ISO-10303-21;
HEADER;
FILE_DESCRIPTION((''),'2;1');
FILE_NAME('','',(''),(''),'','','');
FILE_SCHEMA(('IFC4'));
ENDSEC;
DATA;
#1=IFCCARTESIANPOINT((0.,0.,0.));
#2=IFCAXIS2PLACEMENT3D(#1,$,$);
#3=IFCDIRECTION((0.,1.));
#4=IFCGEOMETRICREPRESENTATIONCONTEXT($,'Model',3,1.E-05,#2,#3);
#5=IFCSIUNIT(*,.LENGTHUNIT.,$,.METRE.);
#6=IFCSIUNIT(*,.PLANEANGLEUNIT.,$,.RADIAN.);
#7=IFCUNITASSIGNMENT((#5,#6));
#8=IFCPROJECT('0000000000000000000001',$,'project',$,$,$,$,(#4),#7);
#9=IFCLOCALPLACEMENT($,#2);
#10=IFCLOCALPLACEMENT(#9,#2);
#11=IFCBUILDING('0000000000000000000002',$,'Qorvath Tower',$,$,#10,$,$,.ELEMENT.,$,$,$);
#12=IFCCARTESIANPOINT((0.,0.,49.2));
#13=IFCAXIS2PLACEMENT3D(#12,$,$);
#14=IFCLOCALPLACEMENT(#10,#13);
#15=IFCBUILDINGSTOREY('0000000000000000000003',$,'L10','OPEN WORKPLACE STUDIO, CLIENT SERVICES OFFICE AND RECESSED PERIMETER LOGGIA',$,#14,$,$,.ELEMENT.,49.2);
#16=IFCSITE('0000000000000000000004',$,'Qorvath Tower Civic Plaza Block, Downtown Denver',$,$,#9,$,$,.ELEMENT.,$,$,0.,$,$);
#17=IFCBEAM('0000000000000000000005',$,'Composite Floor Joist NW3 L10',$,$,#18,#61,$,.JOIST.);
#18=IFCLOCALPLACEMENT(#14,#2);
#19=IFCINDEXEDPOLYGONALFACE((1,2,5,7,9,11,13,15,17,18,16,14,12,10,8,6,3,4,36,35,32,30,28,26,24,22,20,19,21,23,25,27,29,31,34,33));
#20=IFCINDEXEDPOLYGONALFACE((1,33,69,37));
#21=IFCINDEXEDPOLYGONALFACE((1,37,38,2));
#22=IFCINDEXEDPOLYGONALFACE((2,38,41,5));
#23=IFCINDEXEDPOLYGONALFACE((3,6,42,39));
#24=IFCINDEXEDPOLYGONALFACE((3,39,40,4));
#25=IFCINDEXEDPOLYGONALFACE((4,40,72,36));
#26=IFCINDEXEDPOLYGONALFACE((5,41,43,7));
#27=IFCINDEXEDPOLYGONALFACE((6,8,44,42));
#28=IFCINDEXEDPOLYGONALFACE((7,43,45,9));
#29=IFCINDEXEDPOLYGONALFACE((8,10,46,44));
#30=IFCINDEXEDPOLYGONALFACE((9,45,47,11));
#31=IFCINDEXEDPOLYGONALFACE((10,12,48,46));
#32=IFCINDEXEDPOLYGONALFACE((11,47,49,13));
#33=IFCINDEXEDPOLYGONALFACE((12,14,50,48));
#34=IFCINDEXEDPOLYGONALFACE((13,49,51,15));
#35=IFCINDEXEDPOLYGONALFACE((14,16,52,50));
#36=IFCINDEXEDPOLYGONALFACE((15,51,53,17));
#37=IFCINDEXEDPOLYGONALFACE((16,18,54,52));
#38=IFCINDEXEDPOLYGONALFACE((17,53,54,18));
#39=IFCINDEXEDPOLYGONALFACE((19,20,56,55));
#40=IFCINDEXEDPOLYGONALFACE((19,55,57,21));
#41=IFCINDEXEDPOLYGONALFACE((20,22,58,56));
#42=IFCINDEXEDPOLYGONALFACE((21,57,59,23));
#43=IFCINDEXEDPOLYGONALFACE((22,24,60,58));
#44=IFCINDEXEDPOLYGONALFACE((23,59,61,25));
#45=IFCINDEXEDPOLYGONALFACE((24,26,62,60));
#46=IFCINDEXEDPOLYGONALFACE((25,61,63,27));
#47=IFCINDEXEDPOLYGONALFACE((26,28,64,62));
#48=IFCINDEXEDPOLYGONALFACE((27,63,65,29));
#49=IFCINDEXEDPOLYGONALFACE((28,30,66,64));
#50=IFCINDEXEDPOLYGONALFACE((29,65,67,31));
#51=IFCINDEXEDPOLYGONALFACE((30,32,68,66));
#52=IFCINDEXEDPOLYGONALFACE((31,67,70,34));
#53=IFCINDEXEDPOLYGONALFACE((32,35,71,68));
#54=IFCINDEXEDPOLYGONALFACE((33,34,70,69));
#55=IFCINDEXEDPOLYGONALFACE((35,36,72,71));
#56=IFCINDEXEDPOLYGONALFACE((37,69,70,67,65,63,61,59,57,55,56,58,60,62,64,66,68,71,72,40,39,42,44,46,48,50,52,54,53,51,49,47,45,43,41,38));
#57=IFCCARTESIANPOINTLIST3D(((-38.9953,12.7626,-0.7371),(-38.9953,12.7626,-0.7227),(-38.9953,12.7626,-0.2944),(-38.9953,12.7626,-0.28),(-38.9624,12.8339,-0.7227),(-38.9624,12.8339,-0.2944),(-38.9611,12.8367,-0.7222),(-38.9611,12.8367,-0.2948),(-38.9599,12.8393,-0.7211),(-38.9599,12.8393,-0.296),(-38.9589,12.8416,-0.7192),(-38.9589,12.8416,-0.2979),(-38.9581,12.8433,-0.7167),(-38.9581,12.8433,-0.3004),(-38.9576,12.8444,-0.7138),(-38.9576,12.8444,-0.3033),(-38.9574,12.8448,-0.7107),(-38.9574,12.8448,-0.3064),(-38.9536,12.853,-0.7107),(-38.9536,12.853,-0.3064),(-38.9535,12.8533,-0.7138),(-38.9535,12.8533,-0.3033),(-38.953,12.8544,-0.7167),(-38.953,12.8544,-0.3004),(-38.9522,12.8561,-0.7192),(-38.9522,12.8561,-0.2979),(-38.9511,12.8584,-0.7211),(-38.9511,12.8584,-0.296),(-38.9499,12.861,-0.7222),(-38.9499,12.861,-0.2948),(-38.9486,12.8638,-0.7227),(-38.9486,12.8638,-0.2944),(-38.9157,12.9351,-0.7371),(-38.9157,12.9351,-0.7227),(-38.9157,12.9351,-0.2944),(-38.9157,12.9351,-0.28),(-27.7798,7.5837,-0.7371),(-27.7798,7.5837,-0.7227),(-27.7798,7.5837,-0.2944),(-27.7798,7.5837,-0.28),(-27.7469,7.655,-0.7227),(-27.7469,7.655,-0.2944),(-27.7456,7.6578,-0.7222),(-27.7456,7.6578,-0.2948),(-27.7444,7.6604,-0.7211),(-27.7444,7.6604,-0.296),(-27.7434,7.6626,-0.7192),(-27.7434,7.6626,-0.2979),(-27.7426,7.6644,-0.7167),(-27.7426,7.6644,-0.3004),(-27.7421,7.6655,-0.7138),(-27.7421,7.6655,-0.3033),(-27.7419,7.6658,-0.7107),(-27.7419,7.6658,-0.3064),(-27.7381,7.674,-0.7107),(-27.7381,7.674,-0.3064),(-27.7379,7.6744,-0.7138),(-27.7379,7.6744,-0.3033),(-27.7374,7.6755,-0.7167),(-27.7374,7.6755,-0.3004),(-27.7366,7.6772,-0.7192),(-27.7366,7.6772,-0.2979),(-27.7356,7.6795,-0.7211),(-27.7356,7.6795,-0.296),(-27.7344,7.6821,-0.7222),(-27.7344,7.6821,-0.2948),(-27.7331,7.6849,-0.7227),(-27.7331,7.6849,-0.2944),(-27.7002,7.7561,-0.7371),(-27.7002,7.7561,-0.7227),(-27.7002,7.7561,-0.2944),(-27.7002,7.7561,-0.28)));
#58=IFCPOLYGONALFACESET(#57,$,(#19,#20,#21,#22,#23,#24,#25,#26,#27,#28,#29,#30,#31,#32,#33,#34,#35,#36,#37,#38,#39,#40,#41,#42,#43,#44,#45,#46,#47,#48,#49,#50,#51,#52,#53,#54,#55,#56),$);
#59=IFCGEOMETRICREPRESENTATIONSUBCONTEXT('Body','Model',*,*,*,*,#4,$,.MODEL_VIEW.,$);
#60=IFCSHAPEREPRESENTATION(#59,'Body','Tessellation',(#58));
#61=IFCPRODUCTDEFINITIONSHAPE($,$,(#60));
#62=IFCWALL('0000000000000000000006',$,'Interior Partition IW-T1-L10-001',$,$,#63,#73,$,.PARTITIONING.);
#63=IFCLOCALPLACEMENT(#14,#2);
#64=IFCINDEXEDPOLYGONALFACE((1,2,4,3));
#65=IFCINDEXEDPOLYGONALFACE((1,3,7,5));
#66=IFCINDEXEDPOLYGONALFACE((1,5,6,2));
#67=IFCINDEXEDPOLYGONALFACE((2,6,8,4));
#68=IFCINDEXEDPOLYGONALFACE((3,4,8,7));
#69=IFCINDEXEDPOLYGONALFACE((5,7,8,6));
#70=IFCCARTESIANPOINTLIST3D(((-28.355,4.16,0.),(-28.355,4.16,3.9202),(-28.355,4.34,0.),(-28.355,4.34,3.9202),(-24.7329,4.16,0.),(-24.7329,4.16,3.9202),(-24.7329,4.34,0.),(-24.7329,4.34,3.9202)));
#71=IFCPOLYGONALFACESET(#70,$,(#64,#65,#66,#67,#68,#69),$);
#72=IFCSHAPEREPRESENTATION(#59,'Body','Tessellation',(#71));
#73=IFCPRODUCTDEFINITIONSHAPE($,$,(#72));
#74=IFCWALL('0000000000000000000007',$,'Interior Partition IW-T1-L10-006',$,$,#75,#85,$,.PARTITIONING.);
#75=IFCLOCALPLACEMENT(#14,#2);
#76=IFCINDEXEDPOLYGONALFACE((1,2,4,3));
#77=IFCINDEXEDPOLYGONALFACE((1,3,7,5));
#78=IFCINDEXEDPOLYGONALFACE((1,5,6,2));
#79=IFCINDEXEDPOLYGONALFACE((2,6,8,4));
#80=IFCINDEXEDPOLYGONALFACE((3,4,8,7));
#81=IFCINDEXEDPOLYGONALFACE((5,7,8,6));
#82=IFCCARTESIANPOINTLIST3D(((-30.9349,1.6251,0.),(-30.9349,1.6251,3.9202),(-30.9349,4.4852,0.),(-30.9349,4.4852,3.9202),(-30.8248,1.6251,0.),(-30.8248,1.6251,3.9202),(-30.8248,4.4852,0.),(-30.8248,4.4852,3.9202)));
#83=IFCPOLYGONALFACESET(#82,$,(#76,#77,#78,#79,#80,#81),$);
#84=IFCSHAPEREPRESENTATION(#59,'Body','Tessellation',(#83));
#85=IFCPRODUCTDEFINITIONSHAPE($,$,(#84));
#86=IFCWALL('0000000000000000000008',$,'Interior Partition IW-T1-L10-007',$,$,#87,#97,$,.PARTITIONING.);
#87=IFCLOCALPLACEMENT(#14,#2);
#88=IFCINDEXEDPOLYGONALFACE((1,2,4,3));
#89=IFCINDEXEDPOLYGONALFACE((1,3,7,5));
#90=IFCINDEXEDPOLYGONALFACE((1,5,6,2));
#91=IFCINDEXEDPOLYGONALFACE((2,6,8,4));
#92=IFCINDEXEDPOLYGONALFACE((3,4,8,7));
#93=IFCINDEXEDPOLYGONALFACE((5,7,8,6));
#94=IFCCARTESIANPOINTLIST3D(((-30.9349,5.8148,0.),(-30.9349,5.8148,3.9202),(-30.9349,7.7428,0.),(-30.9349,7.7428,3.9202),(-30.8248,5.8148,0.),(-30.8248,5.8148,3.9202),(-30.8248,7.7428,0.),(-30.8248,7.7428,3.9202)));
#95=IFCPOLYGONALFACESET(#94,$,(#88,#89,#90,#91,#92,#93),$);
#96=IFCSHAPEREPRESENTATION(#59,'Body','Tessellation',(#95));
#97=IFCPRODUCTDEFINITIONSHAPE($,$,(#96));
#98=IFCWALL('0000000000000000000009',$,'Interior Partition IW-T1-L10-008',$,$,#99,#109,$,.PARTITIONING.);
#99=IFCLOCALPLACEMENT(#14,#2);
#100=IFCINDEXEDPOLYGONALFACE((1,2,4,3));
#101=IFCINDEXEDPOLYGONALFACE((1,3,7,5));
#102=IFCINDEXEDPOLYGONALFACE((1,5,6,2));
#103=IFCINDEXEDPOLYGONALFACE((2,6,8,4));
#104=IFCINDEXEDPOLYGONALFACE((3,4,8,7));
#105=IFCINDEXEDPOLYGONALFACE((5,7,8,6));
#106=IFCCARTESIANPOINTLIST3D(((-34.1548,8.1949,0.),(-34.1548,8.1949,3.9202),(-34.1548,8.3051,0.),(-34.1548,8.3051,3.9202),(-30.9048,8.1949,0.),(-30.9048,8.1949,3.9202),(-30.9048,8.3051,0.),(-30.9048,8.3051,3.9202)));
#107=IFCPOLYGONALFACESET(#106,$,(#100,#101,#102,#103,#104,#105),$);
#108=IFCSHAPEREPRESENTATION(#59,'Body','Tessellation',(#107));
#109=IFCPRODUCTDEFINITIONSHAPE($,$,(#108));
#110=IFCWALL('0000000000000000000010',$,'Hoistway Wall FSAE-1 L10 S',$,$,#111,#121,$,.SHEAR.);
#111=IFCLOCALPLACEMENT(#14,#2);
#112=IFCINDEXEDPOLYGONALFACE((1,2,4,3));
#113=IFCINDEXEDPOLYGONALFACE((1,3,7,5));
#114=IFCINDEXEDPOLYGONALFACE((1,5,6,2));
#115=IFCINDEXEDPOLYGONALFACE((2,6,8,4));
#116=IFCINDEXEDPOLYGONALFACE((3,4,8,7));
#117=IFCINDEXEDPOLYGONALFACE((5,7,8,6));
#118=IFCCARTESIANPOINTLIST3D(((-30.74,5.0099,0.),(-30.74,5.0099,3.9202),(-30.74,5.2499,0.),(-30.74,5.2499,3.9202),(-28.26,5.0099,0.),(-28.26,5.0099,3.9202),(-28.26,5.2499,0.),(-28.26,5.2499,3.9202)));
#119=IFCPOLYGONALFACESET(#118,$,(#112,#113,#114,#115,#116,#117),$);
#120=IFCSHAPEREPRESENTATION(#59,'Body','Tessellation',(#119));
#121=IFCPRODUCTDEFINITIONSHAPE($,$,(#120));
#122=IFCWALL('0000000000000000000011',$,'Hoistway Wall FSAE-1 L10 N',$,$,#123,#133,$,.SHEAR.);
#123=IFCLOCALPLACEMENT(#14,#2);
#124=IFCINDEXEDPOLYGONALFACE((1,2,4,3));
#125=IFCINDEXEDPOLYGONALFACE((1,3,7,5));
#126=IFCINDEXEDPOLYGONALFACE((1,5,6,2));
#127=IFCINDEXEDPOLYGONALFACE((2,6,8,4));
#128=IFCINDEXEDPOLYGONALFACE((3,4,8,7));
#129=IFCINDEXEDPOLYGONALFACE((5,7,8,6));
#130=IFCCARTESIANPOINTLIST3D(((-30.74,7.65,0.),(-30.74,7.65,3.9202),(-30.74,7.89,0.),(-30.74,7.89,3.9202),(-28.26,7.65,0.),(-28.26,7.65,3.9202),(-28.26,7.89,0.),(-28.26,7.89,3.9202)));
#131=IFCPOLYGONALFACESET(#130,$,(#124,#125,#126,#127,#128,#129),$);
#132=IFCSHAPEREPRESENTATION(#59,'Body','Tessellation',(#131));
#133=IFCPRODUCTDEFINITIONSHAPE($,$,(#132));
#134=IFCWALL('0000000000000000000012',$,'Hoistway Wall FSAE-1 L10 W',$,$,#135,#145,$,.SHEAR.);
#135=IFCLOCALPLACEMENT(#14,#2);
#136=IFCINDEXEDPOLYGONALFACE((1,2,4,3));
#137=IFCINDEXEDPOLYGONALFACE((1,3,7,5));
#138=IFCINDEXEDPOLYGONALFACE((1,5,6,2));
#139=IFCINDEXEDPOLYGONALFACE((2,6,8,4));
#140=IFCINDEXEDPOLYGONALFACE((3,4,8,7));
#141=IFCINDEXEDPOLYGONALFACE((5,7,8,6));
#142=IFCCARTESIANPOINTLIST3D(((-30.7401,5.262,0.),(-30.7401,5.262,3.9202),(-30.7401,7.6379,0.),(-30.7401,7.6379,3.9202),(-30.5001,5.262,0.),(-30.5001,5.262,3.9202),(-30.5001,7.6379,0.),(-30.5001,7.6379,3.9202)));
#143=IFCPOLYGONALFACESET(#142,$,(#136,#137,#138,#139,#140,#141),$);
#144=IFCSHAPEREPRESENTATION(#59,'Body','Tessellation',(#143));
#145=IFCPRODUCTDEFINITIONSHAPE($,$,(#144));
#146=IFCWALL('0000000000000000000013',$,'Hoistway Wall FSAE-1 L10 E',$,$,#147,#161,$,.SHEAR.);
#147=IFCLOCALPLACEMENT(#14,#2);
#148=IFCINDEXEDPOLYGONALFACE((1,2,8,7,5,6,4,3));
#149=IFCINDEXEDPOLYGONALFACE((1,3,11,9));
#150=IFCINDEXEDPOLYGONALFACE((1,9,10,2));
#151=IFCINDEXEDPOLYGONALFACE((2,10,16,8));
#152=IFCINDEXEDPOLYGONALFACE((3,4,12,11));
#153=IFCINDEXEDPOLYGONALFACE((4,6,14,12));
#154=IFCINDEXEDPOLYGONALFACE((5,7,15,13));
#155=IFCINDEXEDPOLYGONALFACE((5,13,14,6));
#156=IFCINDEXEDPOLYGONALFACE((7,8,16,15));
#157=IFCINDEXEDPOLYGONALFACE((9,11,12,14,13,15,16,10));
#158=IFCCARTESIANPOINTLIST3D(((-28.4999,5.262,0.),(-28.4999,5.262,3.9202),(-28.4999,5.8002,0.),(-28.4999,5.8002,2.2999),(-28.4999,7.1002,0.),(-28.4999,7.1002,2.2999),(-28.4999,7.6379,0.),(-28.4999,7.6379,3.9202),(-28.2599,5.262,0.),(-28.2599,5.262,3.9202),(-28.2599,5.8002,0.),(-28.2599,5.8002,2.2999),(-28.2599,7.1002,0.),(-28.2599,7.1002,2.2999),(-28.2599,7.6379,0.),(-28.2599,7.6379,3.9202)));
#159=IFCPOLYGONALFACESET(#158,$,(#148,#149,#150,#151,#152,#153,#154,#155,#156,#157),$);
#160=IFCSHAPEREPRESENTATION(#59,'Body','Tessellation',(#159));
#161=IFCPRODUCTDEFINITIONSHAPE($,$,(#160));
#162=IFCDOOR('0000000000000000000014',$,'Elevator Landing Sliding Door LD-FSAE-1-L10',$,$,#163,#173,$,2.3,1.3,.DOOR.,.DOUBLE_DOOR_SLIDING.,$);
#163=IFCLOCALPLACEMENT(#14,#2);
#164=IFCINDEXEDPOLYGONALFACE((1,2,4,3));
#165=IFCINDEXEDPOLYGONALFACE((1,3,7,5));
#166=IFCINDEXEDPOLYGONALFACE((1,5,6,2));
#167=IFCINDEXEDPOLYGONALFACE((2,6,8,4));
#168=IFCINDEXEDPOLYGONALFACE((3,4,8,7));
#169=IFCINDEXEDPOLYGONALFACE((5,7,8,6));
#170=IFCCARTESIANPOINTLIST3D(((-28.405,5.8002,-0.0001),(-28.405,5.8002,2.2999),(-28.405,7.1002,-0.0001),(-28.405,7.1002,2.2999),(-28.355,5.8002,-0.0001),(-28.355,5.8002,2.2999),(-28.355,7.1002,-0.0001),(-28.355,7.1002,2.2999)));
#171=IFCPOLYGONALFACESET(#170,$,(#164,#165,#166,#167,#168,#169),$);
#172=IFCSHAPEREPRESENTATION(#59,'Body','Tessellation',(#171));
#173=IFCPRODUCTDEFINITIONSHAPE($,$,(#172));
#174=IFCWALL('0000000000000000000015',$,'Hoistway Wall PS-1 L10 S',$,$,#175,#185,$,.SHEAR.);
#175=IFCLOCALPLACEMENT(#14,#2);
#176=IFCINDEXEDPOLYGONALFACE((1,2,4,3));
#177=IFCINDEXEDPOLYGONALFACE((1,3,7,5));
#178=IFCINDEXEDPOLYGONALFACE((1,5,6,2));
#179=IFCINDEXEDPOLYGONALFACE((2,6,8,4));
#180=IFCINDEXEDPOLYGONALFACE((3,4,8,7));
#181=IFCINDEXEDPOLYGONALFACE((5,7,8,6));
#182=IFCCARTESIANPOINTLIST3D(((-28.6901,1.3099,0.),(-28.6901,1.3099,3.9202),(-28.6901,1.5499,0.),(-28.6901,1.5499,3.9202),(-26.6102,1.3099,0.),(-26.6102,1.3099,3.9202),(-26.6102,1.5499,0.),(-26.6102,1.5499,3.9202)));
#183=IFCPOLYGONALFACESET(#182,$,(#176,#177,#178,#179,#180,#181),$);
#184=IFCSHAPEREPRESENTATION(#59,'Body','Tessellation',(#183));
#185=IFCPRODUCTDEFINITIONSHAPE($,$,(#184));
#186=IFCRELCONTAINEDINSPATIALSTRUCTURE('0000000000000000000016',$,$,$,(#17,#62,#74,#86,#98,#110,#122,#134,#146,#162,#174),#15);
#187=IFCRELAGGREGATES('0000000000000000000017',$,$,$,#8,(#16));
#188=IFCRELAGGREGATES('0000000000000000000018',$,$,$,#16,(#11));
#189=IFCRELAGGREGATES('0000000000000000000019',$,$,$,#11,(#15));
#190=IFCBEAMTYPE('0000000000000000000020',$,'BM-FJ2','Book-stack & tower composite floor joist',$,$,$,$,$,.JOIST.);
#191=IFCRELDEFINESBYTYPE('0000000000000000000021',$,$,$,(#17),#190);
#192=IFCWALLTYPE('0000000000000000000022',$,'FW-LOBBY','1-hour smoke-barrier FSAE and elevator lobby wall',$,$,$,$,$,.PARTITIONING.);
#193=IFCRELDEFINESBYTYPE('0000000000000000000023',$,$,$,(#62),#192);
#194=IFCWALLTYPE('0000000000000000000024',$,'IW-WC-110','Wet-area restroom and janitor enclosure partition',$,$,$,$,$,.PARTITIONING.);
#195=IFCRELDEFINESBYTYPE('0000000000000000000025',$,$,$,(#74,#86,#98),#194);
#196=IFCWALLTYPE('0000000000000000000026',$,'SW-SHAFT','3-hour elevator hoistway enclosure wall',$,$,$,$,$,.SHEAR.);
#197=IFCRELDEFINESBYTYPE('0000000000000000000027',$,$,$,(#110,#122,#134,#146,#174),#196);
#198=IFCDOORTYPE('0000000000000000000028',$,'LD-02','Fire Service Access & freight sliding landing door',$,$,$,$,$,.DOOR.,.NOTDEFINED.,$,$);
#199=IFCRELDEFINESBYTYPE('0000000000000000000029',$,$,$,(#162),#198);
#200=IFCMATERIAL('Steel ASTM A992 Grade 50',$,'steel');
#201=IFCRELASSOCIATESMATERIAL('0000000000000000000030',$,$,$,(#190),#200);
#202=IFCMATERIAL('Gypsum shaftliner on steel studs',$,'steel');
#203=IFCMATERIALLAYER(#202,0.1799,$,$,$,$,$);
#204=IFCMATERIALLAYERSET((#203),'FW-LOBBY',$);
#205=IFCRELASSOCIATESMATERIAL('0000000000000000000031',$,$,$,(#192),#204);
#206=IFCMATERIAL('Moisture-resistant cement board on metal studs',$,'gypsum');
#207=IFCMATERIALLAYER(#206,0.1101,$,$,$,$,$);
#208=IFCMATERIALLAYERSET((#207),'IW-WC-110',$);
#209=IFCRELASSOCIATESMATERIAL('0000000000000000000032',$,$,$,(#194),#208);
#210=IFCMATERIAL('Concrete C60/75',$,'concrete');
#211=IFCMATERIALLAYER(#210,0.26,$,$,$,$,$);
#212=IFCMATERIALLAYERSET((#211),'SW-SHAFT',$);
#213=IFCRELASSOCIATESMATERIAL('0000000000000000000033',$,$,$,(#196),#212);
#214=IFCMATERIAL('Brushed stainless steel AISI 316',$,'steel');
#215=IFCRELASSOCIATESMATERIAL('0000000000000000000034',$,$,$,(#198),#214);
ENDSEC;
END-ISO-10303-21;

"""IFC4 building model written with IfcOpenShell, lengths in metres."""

from ifc_helpers import new_model, si_unit, direction, frame, frame_2d, origin, origin_2d, place, context, subcontext, project, spatial, rectangle, i_section, extrude, material, layer, layer_set, material_profile, profile_set, type_object, element, fill, save


model = new_model("IFC4")

# Units and contexts
model_context = context("Model", 3, precision=1e-05, world=origin(), true_north=direction((0.0, 1.0)))
body_context = subcontext(model_context, "Body", "Model", "MODEL_VIEW")
ifc_project = project(units=[si_unit("LENGTHUNIT", "METRE"), si_unit("PLANEANGLEUNIT", "RADIAN")], contexts=[model_context])

# Site, building, storey
site_placement = place(None, origin())
site = spatial("IfcSite", under=ifc_project, at=site_placement, Name="Qorvath Tower Civic Plaza Block, Downtown Denver", CompositionType="ELEMENT", RefElevation=0.0)
building_placement = place(site_placement, origin())
building = spatial("IfcBuilding", under=site, at=building_placement, Name="Qorvath Tower", CompositionType="ELEMENT")
storey_placement = place(building_placement, frame((0.0, 0.0, 49.2)))
storey = spatial("IfcBuildingStorey", under=building, at=storey_placement, Name="L10", Description="OPEN WORKPLACE STUDIO, CLIENT SERVICES OFFICE AND RECESSED PERIMETER LOGGIA", CompositionType="ELEMENT", Elevation=49.2)

# Beam
ifc_material_1 = material(Name="Steel ASTM A992 Grade 50", Category="steel")
ifc_material_profile_1 = material_profile(ifc_material_1, i_section(OverallWidth=0.1899, OverallDepth=0.457, WebThickness=0.009, FlangeThickness=0.0144, FilletRadius=0.012, at=origin_2d()), Name="W18x50")
ifc_profile_set_1 = profile_set([ifc_material_profile_1], Name="Steel ASTM A992 Grade 50")
beam_type_1 = type_object("IfcBeamType", Name="BM-FJ2", Description="Book-stack & tower composite floor joist", PredefinedType="JOIST", material=ifc_profile_set_1)
beam_1_placement = place(storey_placement, frame((-27.74, 7.6699, -0.5085), z_axis=(-0.907881, 0.419227, 0.0), x_axis=(-0.419227, -0.907881, 0.0)))
element("IfcBeam", 1, at=beam_1_placement, inside=storey, type_object=beam_type_1, Name="Composite Floor Joist NW3 L10", PredefinedType="JOIST", context=body_context, shape_type="SweptSolid", body=[
    extrude(i_section(OverallWidth=0.1899, OverallDepth=0.457, WebThickness=0.009, FlangeThickness=0.0144, FilletRadius=0.012, at=origin_2d()), origin(), (0.0, 0.0, 1.0), 12.3535),
])

# Wall
ifc_material_2 = material(Name="Gypsum shaftliner on steel studs", Category="steel")
ifc_layer_1 = layer(ifc_material_2, 0.1799)
ifc_layer_set_1 = layer_set([ifc_layer_1], Name="FW-LOBBY")
wall_type_1 = type_object("IfcWallType", Name="FW-LOBBY", Description="1-hour smoke-barrier FSAE and elevator lobby wall", PredefinedType="PARTITIONING", material=ifc_layer_set_1)
wall_1_placement = place(storey_placement, frame((-28.355, 4.25, 0.0), z_axis=(0.0, 0.0, 1.0), x_axis=(1.0, 0.0, 0.0)))
element("IfcWall", 2, at=wall_1_placement, inside=storey, type_object=wall_type_1, Name="Interior Partition IW-T1-L10-001", PredefinedType="PARTITIONING", context=body_context, shape_type="SweptSolid", body=[
    extrude(rectangle(XDim=3.6221, YDim=0.1799, at=frame_2d((1.811, 0.0))), origin(), (0.0, 0.0, 1.0), 3.9202),
])

# Walls
ifc_material_3 = material(Name="Moisture-resistant cement board on metal studs", Category="gypsum")
ifc_layer_2 = layer(ifc_material_3, 0.1101)
ifc_layer_set_2 = layer_set([ifc_layer_2], Name="IW-WC-110")
wall_type_2 = type_object("IfcWallType", Name="IW-WC-110", Description="Wet-area restroom and janitor enclosure partition", PredefinedType="PARTITIONING", material=ifc_layer_set_2)
wall_2_placement = place(storey_placement, frame((-30.8799, 1.625, 0.0), z_axis=(0.0, 0.0, 1.0), x_axis=(0.0, 1.0, 0.0)))
element("IfcWall", 3, at=wall_2_placement, inside=storey, type_object=wall_type_2, Name="Interior Partition IW-T1-L10-006", PredefinedType="PARTITIONING", context=body_context, shape_type="SweptSolid", body=[
    extrude(rectangle(XDim=2.8601, YDim=0.1101, at=frame_2d((1.4302, 0.0))), origin(), (0.0, 0.0, 1.0), 3.9202),
])
wall_3_placement = place(storey_placement, frame((-30.8799, 5.8149, 0.0), z_axis=(0.0, 0.0, 1.0), x_axis=(0.0, 1.0, 0.0)))
element("IfcWall", 4, at=wall_3_placement, inside=storey, type_object=wall_type_2, Name="Interior Partition IW-T1-L10-007", PredefinedType="PARTITIONING", context=body_context, shape_type="SweptSolid", body=[
    extrude(rectangle(XDim=1.928, YDim=0.1101, at=frame_2d((0.9639, 0.0))), origin(), (0.0, 0.0, 1.0), 3.9202),
])
wall_4_placement = place(storey_placement, frame((-30.9048, 8.25, 0.0), z_axis=(0.0, 0.0, 1.0), x_axis=(-1.0, 0.0, 0.0)))
element("IfcWall", 5, at=wall_4_placement, inside=storey, type_object=wall_type_2, Name="Interior Partition IW-T1-L10-008", PredefinedType="PARTITIONING", context=body_context, shape_type="SweptSolid", body=[
    extrude(rectangle(XDim=3.25, YDim=0.1101, at=frame_2d((1.625, 0.0))), origin(), (0.0, 0.0, 1.0), 3.9202),
])
ifc_material_4 = material(Name="Concrete C60/75", Category="concrete")
ifc_layer_3 = layer(ifc_material_4, 0.26)
ifc_layer_set_3 = layer_set([ifc_layer_3], Name="SW-SHAFT")
wall_type_3 = type_object("IfcWallType", Name="SW-SHAFT", Description="3-hour elevator hoistway enclosure wall", PredefinedType="SHEAR", material=ifc_layer_set_3)
for number, where, z_axis, x_axis, name in (
    (6, (-28.26, 5.1299, 0.0), (0.0, 0.0, 1.0), (-1.0, 0.0, 0.0), "Hoistway Wall FSAE-1 L10 S"),
    (7, (-30.74, 7.77, 0.0), (0.0, 0.0, 1.0), (1.0, 0.0, 0.0), "Hoistway Wall FSAE-1 L10 N"),
):
    element("IfcWall", number, at=place(storey_placement, frame(where, z_axis=z_axis, x_axis=x_axis)), inside=storey, type_object=wall_type_3, Name=name, PredefinedType="SHEAR", context=body_context, shape_type="SweptSolid", body=[
        extrude(rectangle(XDim=2.48, YDim=0.24, at=frame_2d((1.24, 0.0))), origin(), (0.0, 0.0, 1.0), 3.9202),
    ])
wall_5_placement = place(storey_placement, frame((-30.6201, 5.262, 0.0), z_axis=(0.0, 0.0, 1.0), x_axis=(0.0, 1.0, 0.0)))
element("IfcWall", 8, at=wall_5_placement, inside=storey, type_object=wall_type_3, Name="Hoistway Wall FSAE-1 L10 W", PredefinedType="SHEAR", context=body_context, shape_type="SweptSolid", body=[
    extrude(rectangle(XDim=2.376, YDim=0.24, at=frame_2d((1.188, 0.0))), origin(), (0.0, 0.0, 1.0), 3.9202),
])

# Wall, opening, door
wall_6_placement = place(storey_placement, frame((-28.3799, 7.6379, 0.0), z_axis=(0.0, 0.0, 1.0), x_axis=(0.0, -1.0, 0.0)))
wall_6 = element("IfcWall", 9, at=wall_6_placement, inside=storey, type_object=wall_type_3, Name="Hoistway Wall FSAE-1 L10 E", PredefinedType="SHEAR", context=body_context, shape_type="SweptSolid", body=[
    extrude(rectangle(XDim=2.376, YDim=0.24, at=frame_2d((1.188, 0.0))), origin(), (0.0, 0.0, 1.0), 3.9202),
])
opening_1_placement = place(wall_6_placement, frame((0.5378, 0.0, 0.0)))
opening_1 = element("IfcOpeningElement", 10, at=opening_1_placement, cuts=wall_6, PredefinedType="OPENING", context=body_context, shape_type="SweptSolid", body=[
    extrude(rectangle(XDim=1.3, YDim=2.3, at=frame_2d((0.6499, 1.1499))), frame((0.0, 0.1299, 0.0), z_axis=(0.0, -1.0, 0.0), x_axis=(1.0, 0.0, 0.0)), (0.0, 0.0, 1.0), 0.26),
])
ifc_material_5 = material(Name="Brushed stainless steel AISI 316", Category="steel")
door_type_1 = type_object("IfcDoorType", Name="LD-02", Description="Fire Service Access & freight sliding landing door", OperationType="NOTDEFINED", PredefinedType="DOOR", material=ifc_material_5)
door_1_placement = place(opening_1_placement, origin())
door_1 = element("IfcDoor", 11, at=door_1_placement, inside=storey, type_object=door_type_1, Name="Elevator Landing Sliding Door LD-FSAE-1-L10", OperationType="DOUBLE_DOOR_SLIDING", OverallHeight=2.3, OverallWidth=1.3, PredefinedType="DOOR", context=body_context, shape_type="SweptSolid", body=[
    extrude(rectangle(XDim=1.3, YDim=2.3, at=frame_2d((0.6499, 1.1499))), frame((0.0, 0.0249, 0.0), z_axis=(0.0, -1.0, 0.0), x_axis=(1.0, 0.0, 0.0)), (0.0, 0.0, 1.0), 0.05),
])
fill(opening_1, door_1)

# Wall
for number, where, z_axis, x_axis, name in (
    (12, (-26.6101, 1.4299, 0.0), (0.0, 0.0, 1.0), (-1.0, 0.0, 0.0), "Hoistway Wall PS-1 L10 S"),
):
    element("IfcWall", number, at=place(storey_placement, frame(where, z_axis=z_axis, x_axis=x_axis)), inside=storey, type_object=wall_type_3, Name=name, PredefinedType="SHEAR", context=body_context, shape_type="SweptSolid", body=[
        extrude(rectangle(XDim=2.0798, YDim=0.24, at=frame_2d((1.04, 0.0))), origin(), (0.0, 0.0, 1.0), 3.9202),
    ])

save(model, "model.ifc")
